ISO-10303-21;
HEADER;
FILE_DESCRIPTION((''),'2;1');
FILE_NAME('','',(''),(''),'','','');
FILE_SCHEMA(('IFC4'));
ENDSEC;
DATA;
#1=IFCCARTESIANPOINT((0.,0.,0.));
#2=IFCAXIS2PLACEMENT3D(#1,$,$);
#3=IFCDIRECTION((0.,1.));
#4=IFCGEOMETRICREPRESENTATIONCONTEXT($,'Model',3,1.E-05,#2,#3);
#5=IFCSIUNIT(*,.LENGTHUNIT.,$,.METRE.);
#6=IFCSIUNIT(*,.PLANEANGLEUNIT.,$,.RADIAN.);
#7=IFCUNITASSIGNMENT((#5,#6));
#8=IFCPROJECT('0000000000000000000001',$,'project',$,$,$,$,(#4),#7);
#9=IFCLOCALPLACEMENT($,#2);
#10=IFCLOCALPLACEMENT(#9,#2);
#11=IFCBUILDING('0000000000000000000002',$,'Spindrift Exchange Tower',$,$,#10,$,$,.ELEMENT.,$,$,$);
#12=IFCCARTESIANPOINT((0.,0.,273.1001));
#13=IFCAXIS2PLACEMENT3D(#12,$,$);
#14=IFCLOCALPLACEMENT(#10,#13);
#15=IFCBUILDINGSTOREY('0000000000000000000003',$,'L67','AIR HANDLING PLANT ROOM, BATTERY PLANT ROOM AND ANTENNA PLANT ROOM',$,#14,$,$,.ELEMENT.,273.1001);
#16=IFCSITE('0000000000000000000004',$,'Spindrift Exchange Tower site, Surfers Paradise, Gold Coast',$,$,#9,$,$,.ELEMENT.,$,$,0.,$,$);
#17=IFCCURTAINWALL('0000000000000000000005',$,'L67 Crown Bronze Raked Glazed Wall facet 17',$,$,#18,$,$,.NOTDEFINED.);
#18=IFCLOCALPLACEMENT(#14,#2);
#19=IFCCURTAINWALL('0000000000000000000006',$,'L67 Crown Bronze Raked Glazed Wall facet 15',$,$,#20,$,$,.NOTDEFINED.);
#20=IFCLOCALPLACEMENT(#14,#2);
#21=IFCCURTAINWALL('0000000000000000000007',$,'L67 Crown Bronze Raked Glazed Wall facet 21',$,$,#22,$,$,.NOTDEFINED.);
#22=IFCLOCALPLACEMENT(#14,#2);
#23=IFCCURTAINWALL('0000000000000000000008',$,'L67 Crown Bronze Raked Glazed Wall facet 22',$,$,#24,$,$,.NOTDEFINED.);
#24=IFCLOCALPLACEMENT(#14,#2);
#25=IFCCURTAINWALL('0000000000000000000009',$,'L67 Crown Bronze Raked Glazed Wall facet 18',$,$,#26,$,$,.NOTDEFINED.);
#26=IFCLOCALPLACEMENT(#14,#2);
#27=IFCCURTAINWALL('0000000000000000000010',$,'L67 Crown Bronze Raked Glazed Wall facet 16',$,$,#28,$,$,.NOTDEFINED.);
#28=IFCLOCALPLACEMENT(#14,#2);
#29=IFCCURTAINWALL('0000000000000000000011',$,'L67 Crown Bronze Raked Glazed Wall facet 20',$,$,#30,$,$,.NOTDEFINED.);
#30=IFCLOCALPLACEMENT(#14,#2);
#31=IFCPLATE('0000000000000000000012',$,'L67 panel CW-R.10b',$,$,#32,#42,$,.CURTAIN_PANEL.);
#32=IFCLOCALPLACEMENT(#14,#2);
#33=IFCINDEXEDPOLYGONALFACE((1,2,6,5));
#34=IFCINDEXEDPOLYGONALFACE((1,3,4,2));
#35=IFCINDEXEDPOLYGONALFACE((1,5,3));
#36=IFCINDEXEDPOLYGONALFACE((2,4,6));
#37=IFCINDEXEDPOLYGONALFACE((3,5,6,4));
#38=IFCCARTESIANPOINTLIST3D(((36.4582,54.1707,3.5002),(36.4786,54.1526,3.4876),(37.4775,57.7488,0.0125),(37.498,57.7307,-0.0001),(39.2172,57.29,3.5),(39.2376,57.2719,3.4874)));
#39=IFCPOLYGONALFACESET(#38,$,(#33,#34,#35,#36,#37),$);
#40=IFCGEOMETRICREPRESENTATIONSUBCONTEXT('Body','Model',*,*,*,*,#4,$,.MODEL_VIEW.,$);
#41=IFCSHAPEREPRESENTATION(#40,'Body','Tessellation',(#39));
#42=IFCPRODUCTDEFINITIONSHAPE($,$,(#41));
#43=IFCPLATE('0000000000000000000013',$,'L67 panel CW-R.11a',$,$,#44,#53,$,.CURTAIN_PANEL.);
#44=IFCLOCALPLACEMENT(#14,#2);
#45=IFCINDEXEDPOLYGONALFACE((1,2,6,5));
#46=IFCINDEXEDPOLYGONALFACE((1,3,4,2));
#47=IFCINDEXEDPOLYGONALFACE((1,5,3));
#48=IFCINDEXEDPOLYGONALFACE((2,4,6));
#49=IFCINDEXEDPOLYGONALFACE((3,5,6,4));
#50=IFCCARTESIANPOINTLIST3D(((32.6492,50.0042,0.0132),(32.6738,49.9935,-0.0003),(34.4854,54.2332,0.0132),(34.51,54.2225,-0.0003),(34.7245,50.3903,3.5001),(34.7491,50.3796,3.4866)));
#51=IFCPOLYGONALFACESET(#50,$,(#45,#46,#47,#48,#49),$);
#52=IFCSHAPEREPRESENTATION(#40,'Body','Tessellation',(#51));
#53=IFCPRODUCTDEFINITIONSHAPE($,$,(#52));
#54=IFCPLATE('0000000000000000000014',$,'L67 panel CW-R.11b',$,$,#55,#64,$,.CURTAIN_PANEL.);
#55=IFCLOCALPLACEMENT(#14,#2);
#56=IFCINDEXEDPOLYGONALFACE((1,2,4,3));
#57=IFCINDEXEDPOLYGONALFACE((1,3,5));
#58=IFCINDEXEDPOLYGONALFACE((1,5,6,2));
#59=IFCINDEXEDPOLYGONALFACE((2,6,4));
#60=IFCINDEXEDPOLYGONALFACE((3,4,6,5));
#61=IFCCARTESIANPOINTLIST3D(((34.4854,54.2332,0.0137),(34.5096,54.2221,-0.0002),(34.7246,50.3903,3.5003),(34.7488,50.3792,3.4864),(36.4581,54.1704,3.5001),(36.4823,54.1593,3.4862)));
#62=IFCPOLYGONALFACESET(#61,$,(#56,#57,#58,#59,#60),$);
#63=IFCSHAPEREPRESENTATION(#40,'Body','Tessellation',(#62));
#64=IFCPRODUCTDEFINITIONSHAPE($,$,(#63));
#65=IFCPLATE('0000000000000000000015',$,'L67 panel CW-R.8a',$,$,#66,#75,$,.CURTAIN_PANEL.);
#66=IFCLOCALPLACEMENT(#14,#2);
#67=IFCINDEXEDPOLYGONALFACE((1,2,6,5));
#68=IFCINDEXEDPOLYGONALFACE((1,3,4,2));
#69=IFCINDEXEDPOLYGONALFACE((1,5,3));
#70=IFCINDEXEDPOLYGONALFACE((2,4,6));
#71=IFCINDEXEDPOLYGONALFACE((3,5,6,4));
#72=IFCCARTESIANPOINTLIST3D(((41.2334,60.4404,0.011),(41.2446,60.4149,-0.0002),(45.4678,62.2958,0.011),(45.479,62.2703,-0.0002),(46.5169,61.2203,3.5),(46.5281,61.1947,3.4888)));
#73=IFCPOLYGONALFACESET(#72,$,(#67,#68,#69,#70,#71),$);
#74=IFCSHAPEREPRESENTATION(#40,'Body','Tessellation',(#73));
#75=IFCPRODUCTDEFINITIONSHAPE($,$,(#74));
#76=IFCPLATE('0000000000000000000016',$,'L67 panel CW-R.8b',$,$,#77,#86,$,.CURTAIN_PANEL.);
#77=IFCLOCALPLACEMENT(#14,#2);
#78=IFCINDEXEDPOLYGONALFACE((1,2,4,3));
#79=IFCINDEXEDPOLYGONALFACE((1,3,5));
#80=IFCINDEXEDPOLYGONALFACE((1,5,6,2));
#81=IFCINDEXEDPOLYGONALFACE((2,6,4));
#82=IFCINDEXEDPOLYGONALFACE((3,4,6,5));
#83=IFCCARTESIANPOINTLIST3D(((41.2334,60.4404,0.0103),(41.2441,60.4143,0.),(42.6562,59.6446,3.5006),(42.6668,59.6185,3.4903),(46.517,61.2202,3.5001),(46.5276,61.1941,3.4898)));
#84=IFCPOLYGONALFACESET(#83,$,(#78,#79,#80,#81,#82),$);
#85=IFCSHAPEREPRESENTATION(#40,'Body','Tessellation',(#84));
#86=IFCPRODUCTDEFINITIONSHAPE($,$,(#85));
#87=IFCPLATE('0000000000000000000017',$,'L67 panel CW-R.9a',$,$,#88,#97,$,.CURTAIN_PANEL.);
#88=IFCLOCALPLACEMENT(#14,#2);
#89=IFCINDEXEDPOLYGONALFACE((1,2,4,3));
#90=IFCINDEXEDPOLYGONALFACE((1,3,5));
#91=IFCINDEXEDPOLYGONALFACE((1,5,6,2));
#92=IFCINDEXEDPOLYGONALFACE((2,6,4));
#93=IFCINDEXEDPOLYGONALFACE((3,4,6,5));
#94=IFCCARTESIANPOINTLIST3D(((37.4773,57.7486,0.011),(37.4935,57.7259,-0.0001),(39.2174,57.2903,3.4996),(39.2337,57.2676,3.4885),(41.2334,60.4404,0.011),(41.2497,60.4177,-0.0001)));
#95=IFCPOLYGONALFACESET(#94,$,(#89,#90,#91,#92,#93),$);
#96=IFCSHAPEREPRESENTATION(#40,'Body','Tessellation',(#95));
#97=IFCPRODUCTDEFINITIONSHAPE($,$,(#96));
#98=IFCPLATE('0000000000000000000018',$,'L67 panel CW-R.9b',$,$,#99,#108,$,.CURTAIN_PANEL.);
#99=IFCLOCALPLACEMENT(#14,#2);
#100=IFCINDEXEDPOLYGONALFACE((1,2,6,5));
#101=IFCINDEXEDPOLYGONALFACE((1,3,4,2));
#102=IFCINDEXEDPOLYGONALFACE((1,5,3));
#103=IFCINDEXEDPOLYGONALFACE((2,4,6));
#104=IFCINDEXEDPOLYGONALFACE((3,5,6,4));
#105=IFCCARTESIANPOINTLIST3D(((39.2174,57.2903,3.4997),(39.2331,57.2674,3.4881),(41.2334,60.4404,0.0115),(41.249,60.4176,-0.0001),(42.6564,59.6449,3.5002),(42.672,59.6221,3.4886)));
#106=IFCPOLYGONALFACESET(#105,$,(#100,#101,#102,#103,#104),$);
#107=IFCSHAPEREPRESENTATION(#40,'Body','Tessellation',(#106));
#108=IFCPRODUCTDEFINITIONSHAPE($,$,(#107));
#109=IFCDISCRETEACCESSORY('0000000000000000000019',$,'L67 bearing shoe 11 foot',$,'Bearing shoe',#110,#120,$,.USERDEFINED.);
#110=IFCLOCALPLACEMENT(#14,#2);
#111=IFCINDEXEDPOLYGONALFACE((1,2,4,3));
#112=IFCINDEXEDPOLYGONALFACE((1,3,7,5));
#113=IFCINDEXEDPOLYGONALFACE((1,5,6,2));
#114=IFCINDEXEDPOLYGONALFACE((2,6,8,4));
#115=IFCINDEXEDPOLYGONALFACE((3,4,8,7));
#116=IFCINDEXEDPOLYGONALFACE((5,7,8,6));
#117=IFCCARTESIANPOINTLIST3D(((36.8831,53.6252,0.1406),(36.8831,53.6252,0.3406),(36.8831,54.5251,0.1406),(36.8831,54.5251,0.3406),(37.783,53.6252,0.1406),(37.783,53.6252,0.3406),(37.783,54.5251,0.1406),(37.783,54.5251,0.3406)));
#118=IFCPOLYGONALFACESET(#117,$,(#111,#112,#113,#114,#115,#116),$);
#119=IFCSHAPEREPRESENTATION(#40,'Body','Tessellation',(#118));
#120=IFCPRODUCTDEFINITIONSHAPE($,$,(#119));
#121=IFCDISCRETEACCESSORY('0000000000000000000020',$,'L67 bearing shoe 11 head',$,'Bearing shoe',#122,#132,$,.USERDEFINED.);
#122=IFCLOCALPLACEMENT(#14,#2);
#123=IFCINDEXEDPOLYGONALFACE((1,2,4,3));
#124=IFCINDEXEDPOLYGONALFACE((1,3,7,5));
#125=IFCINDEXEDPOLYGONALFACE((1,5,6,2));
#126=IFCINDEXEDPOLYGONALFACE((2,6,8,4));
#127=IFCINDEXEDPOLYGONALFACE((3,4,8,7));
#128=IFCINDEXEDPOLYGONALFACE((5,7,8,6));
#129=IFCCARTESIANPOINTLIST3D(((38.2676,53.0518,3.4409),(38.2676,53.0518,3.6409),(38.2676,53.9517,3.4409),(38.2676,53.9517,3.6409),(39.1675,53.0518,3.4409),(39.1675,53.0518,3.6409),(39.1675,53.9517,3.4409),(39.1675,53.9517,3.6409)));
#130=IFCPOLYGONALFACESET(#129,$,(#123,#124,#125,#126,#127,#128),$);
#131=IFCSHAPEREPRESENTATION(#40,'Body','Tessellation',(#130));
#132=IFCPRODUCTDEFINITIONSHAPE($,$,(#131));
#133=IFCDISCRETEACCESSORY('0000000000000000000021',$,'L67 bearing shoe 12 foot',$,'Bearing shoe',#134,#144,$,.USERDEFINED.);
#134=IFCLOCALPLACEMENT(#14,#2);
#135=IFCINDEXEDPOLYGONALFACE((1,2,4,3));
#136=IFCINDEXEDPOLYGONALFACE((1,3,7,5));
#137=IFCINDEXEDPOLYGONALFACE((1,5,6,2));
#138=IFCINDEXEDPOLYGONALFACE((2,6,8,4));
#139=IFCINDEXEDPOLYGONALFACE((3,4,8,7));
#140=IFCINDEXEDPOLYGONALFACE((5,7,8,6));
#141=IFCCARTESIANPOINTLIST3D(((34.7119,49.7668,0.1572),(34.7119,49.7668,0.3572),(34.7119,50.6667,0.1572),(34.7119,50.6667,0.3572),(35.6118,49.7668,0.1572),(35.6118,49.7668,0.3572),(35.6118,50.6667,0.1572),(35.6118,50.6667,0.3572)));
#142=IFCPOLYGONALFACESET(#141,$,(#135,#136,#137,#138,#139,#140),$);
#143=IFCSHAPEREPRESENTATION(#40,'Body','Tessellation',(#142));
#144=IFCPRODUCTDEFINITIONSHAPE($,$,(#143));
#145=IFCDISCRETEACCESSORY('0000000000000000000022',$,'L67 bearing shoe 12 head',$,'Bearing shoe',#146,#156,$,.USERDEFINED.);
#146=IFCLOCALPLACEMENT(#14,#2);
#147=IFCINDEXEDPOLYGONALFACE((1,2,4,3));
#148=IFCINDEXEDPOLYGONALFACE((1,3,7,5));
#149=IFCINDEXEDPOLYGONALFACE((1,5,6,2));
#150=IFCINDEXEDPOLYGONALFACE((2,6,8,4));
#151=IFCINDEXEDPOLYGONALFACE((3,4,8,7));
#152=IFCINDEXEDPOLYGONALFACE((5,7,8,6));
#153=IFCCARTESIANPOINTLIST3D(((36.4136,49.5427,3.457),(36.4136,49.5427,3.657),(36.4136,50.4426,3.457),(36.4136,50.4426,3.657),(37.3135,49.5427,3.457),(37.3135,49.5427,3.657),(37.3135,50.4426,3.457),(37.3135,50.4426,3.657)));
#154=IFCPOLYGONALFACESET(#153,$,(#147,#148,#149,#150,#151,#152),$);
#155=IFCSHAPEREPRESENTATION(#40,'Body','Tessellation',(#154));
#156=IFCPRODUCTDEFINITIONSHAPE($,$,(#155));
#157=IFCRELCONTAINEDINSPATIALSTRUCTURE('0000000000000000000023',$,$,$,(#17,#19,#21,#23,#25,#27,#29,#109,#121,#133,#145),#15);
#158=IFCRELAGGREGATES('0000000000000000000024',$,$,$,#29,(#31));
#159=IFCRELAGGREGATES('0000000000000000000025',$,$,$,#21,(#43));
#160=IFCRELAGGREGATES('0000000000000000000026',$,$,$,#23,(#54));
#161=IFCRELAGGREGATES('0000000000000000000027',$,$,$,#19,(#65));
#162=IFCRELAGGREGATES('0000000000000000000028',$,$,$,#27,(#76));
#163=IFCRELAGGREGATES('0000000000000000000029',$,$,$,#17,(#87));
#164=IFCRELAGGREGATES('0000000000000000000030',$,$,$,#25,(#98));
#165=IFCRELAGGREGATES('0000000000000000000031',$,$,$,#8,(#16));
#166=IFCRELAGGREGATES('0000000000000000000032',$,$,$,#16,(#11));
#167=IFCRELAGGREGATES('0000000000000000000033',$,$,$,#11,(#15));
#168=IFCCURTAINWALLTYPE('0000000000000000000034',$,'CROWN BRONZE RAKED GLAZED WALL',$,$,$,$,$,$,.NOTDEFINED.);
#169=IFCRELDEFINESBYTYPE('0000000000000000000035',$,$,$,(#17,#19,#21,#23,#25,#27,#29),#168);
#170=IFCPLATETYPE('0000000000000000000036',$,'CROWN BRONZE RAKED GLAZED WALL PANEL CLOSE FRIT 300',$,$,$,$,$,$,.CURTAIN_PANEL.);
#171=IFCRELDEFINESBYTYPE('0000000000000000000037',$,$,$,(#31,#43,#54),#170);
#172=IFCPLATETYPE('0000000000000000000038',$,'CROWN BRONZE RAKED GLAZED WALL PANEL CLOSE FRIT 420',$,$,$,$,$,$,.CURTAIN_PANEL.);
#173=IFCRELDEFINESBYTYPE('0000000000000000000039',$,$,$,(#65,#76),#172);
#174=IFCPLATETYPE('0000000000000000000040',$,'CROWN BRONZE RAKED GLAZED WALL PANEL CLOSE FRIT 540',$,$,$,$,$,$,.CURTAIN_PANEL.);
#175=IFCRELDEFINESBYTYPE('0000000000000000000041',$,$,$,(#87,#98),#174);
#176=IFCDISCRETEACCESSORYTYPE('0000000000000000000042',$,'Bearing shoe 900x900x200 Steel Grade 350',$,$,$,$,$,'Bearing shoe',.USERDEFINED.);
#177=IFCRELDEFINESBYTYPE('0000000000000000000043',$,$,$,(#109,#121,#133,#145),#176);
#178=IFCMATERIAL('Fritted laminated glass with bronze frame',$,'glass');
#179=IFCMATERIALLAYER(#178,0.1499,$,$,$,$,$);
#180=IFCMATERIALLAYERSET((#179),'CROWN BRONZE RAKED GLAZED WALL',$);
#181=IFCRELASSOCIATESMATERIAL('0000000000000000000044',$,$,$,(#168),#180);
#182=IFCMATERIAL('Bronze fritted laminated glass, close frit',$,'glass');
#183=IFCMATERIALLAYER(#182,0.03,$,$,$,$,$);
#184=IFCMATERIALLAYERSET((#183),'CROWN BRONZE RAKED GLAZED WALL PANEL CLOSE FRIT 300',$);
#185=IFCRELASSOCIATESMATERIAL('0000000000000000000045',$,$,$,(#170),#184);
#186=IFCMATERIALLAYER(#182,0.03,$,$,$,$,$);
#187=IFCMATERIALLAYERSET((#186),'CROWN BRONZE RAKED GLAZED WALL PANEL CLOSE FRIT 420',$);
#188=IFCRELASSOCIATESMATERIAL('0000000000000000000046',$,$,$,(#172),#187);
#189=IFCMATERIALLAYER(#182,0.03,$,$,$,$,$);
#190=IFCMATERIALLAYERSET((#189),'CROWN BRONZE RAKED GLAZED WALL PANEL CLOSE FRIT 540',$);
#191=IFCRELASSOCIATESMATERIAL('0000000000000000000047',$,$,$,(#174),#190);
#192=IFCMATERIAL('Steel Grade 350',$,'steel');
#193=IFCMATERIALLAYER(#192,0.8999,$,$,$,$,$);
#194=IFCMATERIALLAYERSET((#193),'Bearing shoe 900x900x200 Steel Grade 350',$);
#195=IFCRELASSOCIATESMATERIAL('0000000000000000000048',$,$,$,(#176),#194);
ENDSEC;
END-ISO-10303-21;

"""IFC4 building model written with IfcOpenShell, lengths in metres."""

from ifc_helpers import new_model, si_unit, direction, frame, origin, origin_2d, place, context, subcontext, project, spatial, line, indexed_curve, rectangle, outline, extrude, source, transform, mapped, material, layer, layer_set, type_object, element, aggregate, save


model = new_model("IFC4")

# Units and contexts
model_context = context("Model", 3, precision=1e-05, world=origin(), true_north=direction((0.0, 1.0)))
body_context = subcontext(model_context, "Body", "Model", "MODEL_VIEW")
ifc_project = project(units=[si_unit("LENGTHUNIT", "METRE"), si_unit("PLANEANGLEUNIT", "RADIAN")], contexts=[model_context])

# Site, building, storey
site_placement = place(None, origin())
site = spatial("IfcSite", under=ifc_project, at=site_placement, Name="Spindrift Exchange Tower site, Surfers Paradise, Gold Coast", CompositionType="ELEMENT", RefElevation=0.0)
building_placement = place(site_placement, origin())
building = spatial("IfcBuilding", under=site, at=building_placement, Name="Spindrift Exchange Tower", CompositionType="ELEMENT")
storey_placement = place(building_placement, frame((0.0, 0.0, 273.1001)))
storey = spatial("IfcBuildingStorey", under=building, at=storey_placement, Name="L67", Description="AIR HANDLING PLANT ROOM, BATTERY PLANT ROOM AND ANTENNA PLANT ROOM", CompositionType="ELEMENT", Elevation=273.1001)

# Curtain walls
ifc_material_1 = material(Name="Fritted laminated glass with bronze frame", Category="glass")
ifc_layer_1 = layer(ifc_material_1, 0.1499)
ifc_layer_set_1 = layer_set([ifc_layer_1], Name="CROWN BRONZE RAKED GLAZED WALL")
curtain_wall_type = type_object("IfcCurtainWallType", Name="CROWN BRONZE RAKED GLAZED WALL", PredefinedType="NOTDEFINED", material=ifc_layer_set_1)
curtain_wall_1_placement = place(storey_placement, origin())
curtain_wall_1 = element("IfcCurtainWall", 1, at=curtain_wall_1_placement, inside=storey, type_object=curtain_wall_type, Name="L67 Crown Bronze Raked Glazed Wall facet 17", PredefinedType="NOTDEFINED")
curtain_wall_2_placement = place(storey_placement, origin())
curtain_wall_2 = element("IfcCurtainWall", 2, at=curtain_wall_2_placement, inside=storey, type_object=curtain_wall_type, Name="L67 Crown Bronze Raked Glazed Wall facet 15", PredefinedType="NOTDEFINED")
curtain_wall_3_placement = place(storey_placement, origin())
curtain_wall_3 = element("IfcCurtainWall", 3, at=curtain_wall_3_placement, inside=storey, type_object=curtain_wall_type, Name="L67 Crown Bronze Raked Glazed Wall facet 21", PredefinedType="NOTDEFINED")
curtain_wall_4_placement = place(storey_placement, origin())
curtain_wall_4 = element("IfcCurtainWall", 4, at=curtain_wall_4_placement, inside=storey, type_object=curtain_wall_type, Name="L67 Crown Bronze Raked Glazed Wall facet 22", PredefinedType="NOTDEFINED")
curtain_wall_5_placement = place(storey_placement, origin())
curtain_wall_5 = element("IfcCurtainWall", 5, at=curtain_wall_5_placement, inside=storey, type_object=curtain_wall_type, Name="L67 Crown Bronze Raked Glazed Wall facet 18", PredefinedType="NOTDEFINED")

# Curtain wall
curtain_wall_6_placement = place(storey_placement, origin())
curtain_wall_6 = element("IfcCurtainWall", 6, at=curtain_wall_6_placement, inside=storey, type_object=curtain_wall_type, Name="L67 Crown Bronze Raked Glazed Wall facet 16", PredefinedType="NOTDEFINED")

# Curtain wall
curtain_wall_7_placement = place(storey_placement, origin())
curtain_wall_7 = element("IfcCurtainWall", 7, at=curtain_wall_7_placement, inside=storey, type_object=curtain_wall_type, Name="L67 Crown Bronze Raked Glazed Wall facet 20", PredefinedType="NOTDEFINED")

# Plates
ifc_material_2 = material(Name="Bronze fritted laminated glass, close frit", Category="glass")
ifc_layer_2 = layer(ifc_material_2, 0.03)
ifc_layer_set_2 = layer_set([ifc_layer_2], Name="CROWN BRONZE RAKED GLAZED WALL PANEL CLOSE FRIT 300")
plate_type_1 = type_object("IfcPlateType", Name="CROWN BRONZE RAKED GLAZED WALL PANEL CLOSE FRIT 300", PredefinedType="CURTAIN_PANEL", material=ifc_layer_set_2)
plate_1_placement = place(storey_placement, frame((37.4775, 57.7488, 0.0125), z_axis=(-0.680273, 0.601735, 0.418501), x_axis=(-0.199886, -0.701637, 0.683923)))
plate_1 = element("IfcPlate", 8, at=plate_1_placement, type_object=plate_type_1, Name="L67 panel CW-R.10b", PredefinedType="CURTAIN_PANEL", context=body_context, shape_type="SweptSolid", body=[
    extrude(outline(indexed_curve([(0.0, 0.0), (5.0996, 0.0), (2.3594, 3.1357)], segments=[line(1, 2, 3, 1)], self_intersect=False)), origin(), (0.0, 0.0, -1.0), 0.03),
])
aggregate(curtain_wall_7, [plate_1])
plate_2_placement = place(storey_placement, frame((34.4854, 54.2332, 0.0132), z_axis=(-0.819831, 0.355955, 0.448523), x_axis=(-0.398261, -0.917272, 0.0)))
plate_2 = element("IfcPlate", 9, at=plate_2_placement, type_object=plate_type_1, Name="L67 panel CW-R.11a", PredefinedType="CURTAIN_PANEL", context=body_context, shape_type="SweptSolid", body=[
    extrude(outline(indexed_curve([(0.0, 0.0), (4.6104, 0.0), (3.4297, 3.9014)], segments=[line(1, 2, 3, 1)], self_intersect=False)), origin(), (0.0, 0.0, -1.0), 0.03),
])
aggregate(curtain_wall_3, [plate_2])
plate_3_placement = place(storey_placement, frame((34.4854, 54.2332, 0.0137), z_axis=(-0.805852, 0.369565, 0.462628), x_axis=(0.046065, -0.739814, 0.671233)))
plate_3 = element("IfcPlate", 10, at=plate_3_placement, type_object=plate_type_1, Name="L67 panel CW-R.11b", PredefinedType="CURTAIN_PANEL", context=body_context, shape_type="SweptSolid", body=[
    extrude(outline(indexed_curve([(0.0, 0.0), (5.1943, 0.0), (2.4775, 3.1484)], segments=[line(1, 2, 3, 1)], self_intersect=False)), origin(), (0.0, 0.0, -1.0), 0.03),
])
aggregate(curtain_wall_4, [plate_3])
ifc_layer_3 = layer(ifc_material_2, 0.03)
ifc_layer_set_3 = layer_set([ifc_layer_3], Name="CROWN BRONZE RAKED GLAZED WALL PANEL CLOSE FRIT 420")
plate_type_2 = type_object("IfcPlateType", Name="CROWN BRONZE RAKED GLAZED WALL PANEL CLOSE FRIT 420", PredefinedType="CURTAIN_PANEL", material=ifc_layer_set_3)
plate_4_placement = place(storey_placement, frame((41.2334, 60.4404, 0.011), z_axis=(-0.372232, 0.849536, 0.373806), x_axis=(0.915935, 0.401326, 0.0)))
plate_4 = element("IfcPlate", 11, at=plate_4_placement, type_object=plate_type_2, Name="L67 panel CW-R.8a", PredefinedType="CURTAIN_PANEL", context=body_context, shape_type="SweptSolid", body=[
    extrude(outline(indexed_curve([(0.0, 0.0), (4.623, 0.0), (5.1523, -3.7617)], segments=[line(1, 2, 3, 1)], self_intersect=False)), origin(), (0.0, 0.0, -1.0), 0.03),
])
aggregate(curtain_wall_2, [plate_4])
plate_5_placement = place(storey_placement, frame((41.2334, 60.4404, 0.0103), z_axis=(-0.354896, 0.869724, 0.34297), x_axis=(0.828159, 0.122228, 0.547004)))
plate_5 = element("IfcPlate", 12, at=plate_5_placement, type_object=plate_type_2, Name="L67 panel CW-R.8b", PredefinedType="CURTAIN_PANEL", context=body_context, shape_type="SweptSolid", body=[
    extrude(outline(indexed_curve([(0.0, 0.0), (6.3799, 0.0), (2.9902, -2.4287)], segments=[line(1, 2, 3, 1)], self_intersect=False)), origin(), (0.0, 0.0, -1.0), 0.03),
])
aggregate(curtain_wall_6, [plate_5])
ifc_layer_4 = layer(ifc_material_2, 0.03)
ifc_layer_set_4 = layer_set([ifc_layer_4], Name="CROWN BRONZE RAKED GLAZED WALL PANEL CLOSE FRIT 540")
plate_type_3 = type_object("IfcPlateType", Name="CROWN BRONZE RAKED GLAZED WALL PANEL CLOSE FRIT 540", PredefinedType="CURTAIN_PANEL", material=ifc_layer_set_4)
plate_6_placement = place(storey_placement, frame((41.2334, 60.4404, 0.011), z_axis=(-0.541345, 0.755379, 0.369252), x_axis=(-0.812822, -0.582512, 0.0)))
plate_6 = element("IfcPlate", 13, at=plate_6_placement, type_object=plate_type_3, Name="L67 panel CW-R.9a", PredefinedType="CURTAIN_PANEL", context=body_context, shape_type="SweptSolid", body=[
    extrude(outline(indexed_curve([(0.0, 0.0), (4.6211, 0.0), (3.4736, 3.7539)], segments=[line(1, 2, 3, 1)], self_intersect=False)), origin(), (0.0, 0.0, -1.0), 0.03),
])
aggregate(curtain_wall_1, [plate_6])
plate_7_placement = place(storey_placement, frame((41.2334, 60.4404, 0.0115), z_axis=(-0.521181, 0.761103, 0.386126), x_axis=(-0.394185, -0.615956, 0.682067)))
plate_7 = element("IfcPlate", 14, at=plate_7_placement, type_object=plate_type_3, Name="L67 panel CW-R.9b", PredefinedType="CURTAIN_PANEL", context=body_context, shape_type="SweptSolid", body=[
    extrude(outline(indexed_curve([(0.0, 0.0), (5.1143, 0.0), (2.3086, 3.082)], segments=[line(1, 2, 3, 1)], self_intersect=False)), origin(), (0.0, 0.0, -1.0), 0.03),
])
aggregate(curtain_wall_5, [plate_7])

# Discrete accessories
ifc_material_3 = material(Name="Steel Grade 350", Category="steel")
ifc_layer_5 = layer(ifc_material_3, 0.8999)
ifc_layer_set_5 = layer_set([ifc_layer_5], Name="Bearing shoe 900x900x200 Steel Grade 350")
discrete_accessory_type = type_object("IfcDiscreteAccessoryType", Name="Bearing shoe 900x900x200 Steel Grade 350", ElementType="Bearing shoe", PredefinedType="USERDEFINED", material=ifc_layer_set_5)
shared_shape_1 = source(origin(), body_context, "Body", "SweptSolid", [
    extrude(rectangle(XDim=0.8999, YDim=0.8999, at=origin_2d()), origin(), (0.0, 0.0, 1.0), 0.2),
])
for number, where, z_axis, x_axis, name in (
    (15, (37.333, 54.0752, 0.1406), (0.0, 0.0, 1.0), (1.0, 0.0, 0.0), "L67 bearing shoe 11 foot"),
    (16, (38.7175, 53.5017, 3.4409), (0.0, 0.0, 1.0), (1.0, 0.0, 0.0), "L67 bearing shoe 11 head"),
    (17, (35.1619, 50.2168, 0.1572), (0.0, 0.0, 1.0), (1.0, 0.0, 0.0), "L67 bearing shoe 12 foot"),
    (18, (36.8635, 49.9927, 3.457), (0.0, 0.0, 1.0), (1.0, 0.0, 0.0), "L67 bearing shoe 12 head"),
):
    element("IfcDiscreteAccessory", number, at=place(storey_placement, frame(where, z_axis=z_axis, x_axis=x_axis)), inside=storey, type_object=discrete_accessory_type, Name=name, ObjectType="Bearing shoe", PredefinedType="USERDEFINED", context=body_context, shape_type="MappedRepresentation", body=[
        mapped(shared_shape_1, transform((0.0, 0.0, 0.0), scale=1.0)),
    ])

save(model, "model.ifc")
